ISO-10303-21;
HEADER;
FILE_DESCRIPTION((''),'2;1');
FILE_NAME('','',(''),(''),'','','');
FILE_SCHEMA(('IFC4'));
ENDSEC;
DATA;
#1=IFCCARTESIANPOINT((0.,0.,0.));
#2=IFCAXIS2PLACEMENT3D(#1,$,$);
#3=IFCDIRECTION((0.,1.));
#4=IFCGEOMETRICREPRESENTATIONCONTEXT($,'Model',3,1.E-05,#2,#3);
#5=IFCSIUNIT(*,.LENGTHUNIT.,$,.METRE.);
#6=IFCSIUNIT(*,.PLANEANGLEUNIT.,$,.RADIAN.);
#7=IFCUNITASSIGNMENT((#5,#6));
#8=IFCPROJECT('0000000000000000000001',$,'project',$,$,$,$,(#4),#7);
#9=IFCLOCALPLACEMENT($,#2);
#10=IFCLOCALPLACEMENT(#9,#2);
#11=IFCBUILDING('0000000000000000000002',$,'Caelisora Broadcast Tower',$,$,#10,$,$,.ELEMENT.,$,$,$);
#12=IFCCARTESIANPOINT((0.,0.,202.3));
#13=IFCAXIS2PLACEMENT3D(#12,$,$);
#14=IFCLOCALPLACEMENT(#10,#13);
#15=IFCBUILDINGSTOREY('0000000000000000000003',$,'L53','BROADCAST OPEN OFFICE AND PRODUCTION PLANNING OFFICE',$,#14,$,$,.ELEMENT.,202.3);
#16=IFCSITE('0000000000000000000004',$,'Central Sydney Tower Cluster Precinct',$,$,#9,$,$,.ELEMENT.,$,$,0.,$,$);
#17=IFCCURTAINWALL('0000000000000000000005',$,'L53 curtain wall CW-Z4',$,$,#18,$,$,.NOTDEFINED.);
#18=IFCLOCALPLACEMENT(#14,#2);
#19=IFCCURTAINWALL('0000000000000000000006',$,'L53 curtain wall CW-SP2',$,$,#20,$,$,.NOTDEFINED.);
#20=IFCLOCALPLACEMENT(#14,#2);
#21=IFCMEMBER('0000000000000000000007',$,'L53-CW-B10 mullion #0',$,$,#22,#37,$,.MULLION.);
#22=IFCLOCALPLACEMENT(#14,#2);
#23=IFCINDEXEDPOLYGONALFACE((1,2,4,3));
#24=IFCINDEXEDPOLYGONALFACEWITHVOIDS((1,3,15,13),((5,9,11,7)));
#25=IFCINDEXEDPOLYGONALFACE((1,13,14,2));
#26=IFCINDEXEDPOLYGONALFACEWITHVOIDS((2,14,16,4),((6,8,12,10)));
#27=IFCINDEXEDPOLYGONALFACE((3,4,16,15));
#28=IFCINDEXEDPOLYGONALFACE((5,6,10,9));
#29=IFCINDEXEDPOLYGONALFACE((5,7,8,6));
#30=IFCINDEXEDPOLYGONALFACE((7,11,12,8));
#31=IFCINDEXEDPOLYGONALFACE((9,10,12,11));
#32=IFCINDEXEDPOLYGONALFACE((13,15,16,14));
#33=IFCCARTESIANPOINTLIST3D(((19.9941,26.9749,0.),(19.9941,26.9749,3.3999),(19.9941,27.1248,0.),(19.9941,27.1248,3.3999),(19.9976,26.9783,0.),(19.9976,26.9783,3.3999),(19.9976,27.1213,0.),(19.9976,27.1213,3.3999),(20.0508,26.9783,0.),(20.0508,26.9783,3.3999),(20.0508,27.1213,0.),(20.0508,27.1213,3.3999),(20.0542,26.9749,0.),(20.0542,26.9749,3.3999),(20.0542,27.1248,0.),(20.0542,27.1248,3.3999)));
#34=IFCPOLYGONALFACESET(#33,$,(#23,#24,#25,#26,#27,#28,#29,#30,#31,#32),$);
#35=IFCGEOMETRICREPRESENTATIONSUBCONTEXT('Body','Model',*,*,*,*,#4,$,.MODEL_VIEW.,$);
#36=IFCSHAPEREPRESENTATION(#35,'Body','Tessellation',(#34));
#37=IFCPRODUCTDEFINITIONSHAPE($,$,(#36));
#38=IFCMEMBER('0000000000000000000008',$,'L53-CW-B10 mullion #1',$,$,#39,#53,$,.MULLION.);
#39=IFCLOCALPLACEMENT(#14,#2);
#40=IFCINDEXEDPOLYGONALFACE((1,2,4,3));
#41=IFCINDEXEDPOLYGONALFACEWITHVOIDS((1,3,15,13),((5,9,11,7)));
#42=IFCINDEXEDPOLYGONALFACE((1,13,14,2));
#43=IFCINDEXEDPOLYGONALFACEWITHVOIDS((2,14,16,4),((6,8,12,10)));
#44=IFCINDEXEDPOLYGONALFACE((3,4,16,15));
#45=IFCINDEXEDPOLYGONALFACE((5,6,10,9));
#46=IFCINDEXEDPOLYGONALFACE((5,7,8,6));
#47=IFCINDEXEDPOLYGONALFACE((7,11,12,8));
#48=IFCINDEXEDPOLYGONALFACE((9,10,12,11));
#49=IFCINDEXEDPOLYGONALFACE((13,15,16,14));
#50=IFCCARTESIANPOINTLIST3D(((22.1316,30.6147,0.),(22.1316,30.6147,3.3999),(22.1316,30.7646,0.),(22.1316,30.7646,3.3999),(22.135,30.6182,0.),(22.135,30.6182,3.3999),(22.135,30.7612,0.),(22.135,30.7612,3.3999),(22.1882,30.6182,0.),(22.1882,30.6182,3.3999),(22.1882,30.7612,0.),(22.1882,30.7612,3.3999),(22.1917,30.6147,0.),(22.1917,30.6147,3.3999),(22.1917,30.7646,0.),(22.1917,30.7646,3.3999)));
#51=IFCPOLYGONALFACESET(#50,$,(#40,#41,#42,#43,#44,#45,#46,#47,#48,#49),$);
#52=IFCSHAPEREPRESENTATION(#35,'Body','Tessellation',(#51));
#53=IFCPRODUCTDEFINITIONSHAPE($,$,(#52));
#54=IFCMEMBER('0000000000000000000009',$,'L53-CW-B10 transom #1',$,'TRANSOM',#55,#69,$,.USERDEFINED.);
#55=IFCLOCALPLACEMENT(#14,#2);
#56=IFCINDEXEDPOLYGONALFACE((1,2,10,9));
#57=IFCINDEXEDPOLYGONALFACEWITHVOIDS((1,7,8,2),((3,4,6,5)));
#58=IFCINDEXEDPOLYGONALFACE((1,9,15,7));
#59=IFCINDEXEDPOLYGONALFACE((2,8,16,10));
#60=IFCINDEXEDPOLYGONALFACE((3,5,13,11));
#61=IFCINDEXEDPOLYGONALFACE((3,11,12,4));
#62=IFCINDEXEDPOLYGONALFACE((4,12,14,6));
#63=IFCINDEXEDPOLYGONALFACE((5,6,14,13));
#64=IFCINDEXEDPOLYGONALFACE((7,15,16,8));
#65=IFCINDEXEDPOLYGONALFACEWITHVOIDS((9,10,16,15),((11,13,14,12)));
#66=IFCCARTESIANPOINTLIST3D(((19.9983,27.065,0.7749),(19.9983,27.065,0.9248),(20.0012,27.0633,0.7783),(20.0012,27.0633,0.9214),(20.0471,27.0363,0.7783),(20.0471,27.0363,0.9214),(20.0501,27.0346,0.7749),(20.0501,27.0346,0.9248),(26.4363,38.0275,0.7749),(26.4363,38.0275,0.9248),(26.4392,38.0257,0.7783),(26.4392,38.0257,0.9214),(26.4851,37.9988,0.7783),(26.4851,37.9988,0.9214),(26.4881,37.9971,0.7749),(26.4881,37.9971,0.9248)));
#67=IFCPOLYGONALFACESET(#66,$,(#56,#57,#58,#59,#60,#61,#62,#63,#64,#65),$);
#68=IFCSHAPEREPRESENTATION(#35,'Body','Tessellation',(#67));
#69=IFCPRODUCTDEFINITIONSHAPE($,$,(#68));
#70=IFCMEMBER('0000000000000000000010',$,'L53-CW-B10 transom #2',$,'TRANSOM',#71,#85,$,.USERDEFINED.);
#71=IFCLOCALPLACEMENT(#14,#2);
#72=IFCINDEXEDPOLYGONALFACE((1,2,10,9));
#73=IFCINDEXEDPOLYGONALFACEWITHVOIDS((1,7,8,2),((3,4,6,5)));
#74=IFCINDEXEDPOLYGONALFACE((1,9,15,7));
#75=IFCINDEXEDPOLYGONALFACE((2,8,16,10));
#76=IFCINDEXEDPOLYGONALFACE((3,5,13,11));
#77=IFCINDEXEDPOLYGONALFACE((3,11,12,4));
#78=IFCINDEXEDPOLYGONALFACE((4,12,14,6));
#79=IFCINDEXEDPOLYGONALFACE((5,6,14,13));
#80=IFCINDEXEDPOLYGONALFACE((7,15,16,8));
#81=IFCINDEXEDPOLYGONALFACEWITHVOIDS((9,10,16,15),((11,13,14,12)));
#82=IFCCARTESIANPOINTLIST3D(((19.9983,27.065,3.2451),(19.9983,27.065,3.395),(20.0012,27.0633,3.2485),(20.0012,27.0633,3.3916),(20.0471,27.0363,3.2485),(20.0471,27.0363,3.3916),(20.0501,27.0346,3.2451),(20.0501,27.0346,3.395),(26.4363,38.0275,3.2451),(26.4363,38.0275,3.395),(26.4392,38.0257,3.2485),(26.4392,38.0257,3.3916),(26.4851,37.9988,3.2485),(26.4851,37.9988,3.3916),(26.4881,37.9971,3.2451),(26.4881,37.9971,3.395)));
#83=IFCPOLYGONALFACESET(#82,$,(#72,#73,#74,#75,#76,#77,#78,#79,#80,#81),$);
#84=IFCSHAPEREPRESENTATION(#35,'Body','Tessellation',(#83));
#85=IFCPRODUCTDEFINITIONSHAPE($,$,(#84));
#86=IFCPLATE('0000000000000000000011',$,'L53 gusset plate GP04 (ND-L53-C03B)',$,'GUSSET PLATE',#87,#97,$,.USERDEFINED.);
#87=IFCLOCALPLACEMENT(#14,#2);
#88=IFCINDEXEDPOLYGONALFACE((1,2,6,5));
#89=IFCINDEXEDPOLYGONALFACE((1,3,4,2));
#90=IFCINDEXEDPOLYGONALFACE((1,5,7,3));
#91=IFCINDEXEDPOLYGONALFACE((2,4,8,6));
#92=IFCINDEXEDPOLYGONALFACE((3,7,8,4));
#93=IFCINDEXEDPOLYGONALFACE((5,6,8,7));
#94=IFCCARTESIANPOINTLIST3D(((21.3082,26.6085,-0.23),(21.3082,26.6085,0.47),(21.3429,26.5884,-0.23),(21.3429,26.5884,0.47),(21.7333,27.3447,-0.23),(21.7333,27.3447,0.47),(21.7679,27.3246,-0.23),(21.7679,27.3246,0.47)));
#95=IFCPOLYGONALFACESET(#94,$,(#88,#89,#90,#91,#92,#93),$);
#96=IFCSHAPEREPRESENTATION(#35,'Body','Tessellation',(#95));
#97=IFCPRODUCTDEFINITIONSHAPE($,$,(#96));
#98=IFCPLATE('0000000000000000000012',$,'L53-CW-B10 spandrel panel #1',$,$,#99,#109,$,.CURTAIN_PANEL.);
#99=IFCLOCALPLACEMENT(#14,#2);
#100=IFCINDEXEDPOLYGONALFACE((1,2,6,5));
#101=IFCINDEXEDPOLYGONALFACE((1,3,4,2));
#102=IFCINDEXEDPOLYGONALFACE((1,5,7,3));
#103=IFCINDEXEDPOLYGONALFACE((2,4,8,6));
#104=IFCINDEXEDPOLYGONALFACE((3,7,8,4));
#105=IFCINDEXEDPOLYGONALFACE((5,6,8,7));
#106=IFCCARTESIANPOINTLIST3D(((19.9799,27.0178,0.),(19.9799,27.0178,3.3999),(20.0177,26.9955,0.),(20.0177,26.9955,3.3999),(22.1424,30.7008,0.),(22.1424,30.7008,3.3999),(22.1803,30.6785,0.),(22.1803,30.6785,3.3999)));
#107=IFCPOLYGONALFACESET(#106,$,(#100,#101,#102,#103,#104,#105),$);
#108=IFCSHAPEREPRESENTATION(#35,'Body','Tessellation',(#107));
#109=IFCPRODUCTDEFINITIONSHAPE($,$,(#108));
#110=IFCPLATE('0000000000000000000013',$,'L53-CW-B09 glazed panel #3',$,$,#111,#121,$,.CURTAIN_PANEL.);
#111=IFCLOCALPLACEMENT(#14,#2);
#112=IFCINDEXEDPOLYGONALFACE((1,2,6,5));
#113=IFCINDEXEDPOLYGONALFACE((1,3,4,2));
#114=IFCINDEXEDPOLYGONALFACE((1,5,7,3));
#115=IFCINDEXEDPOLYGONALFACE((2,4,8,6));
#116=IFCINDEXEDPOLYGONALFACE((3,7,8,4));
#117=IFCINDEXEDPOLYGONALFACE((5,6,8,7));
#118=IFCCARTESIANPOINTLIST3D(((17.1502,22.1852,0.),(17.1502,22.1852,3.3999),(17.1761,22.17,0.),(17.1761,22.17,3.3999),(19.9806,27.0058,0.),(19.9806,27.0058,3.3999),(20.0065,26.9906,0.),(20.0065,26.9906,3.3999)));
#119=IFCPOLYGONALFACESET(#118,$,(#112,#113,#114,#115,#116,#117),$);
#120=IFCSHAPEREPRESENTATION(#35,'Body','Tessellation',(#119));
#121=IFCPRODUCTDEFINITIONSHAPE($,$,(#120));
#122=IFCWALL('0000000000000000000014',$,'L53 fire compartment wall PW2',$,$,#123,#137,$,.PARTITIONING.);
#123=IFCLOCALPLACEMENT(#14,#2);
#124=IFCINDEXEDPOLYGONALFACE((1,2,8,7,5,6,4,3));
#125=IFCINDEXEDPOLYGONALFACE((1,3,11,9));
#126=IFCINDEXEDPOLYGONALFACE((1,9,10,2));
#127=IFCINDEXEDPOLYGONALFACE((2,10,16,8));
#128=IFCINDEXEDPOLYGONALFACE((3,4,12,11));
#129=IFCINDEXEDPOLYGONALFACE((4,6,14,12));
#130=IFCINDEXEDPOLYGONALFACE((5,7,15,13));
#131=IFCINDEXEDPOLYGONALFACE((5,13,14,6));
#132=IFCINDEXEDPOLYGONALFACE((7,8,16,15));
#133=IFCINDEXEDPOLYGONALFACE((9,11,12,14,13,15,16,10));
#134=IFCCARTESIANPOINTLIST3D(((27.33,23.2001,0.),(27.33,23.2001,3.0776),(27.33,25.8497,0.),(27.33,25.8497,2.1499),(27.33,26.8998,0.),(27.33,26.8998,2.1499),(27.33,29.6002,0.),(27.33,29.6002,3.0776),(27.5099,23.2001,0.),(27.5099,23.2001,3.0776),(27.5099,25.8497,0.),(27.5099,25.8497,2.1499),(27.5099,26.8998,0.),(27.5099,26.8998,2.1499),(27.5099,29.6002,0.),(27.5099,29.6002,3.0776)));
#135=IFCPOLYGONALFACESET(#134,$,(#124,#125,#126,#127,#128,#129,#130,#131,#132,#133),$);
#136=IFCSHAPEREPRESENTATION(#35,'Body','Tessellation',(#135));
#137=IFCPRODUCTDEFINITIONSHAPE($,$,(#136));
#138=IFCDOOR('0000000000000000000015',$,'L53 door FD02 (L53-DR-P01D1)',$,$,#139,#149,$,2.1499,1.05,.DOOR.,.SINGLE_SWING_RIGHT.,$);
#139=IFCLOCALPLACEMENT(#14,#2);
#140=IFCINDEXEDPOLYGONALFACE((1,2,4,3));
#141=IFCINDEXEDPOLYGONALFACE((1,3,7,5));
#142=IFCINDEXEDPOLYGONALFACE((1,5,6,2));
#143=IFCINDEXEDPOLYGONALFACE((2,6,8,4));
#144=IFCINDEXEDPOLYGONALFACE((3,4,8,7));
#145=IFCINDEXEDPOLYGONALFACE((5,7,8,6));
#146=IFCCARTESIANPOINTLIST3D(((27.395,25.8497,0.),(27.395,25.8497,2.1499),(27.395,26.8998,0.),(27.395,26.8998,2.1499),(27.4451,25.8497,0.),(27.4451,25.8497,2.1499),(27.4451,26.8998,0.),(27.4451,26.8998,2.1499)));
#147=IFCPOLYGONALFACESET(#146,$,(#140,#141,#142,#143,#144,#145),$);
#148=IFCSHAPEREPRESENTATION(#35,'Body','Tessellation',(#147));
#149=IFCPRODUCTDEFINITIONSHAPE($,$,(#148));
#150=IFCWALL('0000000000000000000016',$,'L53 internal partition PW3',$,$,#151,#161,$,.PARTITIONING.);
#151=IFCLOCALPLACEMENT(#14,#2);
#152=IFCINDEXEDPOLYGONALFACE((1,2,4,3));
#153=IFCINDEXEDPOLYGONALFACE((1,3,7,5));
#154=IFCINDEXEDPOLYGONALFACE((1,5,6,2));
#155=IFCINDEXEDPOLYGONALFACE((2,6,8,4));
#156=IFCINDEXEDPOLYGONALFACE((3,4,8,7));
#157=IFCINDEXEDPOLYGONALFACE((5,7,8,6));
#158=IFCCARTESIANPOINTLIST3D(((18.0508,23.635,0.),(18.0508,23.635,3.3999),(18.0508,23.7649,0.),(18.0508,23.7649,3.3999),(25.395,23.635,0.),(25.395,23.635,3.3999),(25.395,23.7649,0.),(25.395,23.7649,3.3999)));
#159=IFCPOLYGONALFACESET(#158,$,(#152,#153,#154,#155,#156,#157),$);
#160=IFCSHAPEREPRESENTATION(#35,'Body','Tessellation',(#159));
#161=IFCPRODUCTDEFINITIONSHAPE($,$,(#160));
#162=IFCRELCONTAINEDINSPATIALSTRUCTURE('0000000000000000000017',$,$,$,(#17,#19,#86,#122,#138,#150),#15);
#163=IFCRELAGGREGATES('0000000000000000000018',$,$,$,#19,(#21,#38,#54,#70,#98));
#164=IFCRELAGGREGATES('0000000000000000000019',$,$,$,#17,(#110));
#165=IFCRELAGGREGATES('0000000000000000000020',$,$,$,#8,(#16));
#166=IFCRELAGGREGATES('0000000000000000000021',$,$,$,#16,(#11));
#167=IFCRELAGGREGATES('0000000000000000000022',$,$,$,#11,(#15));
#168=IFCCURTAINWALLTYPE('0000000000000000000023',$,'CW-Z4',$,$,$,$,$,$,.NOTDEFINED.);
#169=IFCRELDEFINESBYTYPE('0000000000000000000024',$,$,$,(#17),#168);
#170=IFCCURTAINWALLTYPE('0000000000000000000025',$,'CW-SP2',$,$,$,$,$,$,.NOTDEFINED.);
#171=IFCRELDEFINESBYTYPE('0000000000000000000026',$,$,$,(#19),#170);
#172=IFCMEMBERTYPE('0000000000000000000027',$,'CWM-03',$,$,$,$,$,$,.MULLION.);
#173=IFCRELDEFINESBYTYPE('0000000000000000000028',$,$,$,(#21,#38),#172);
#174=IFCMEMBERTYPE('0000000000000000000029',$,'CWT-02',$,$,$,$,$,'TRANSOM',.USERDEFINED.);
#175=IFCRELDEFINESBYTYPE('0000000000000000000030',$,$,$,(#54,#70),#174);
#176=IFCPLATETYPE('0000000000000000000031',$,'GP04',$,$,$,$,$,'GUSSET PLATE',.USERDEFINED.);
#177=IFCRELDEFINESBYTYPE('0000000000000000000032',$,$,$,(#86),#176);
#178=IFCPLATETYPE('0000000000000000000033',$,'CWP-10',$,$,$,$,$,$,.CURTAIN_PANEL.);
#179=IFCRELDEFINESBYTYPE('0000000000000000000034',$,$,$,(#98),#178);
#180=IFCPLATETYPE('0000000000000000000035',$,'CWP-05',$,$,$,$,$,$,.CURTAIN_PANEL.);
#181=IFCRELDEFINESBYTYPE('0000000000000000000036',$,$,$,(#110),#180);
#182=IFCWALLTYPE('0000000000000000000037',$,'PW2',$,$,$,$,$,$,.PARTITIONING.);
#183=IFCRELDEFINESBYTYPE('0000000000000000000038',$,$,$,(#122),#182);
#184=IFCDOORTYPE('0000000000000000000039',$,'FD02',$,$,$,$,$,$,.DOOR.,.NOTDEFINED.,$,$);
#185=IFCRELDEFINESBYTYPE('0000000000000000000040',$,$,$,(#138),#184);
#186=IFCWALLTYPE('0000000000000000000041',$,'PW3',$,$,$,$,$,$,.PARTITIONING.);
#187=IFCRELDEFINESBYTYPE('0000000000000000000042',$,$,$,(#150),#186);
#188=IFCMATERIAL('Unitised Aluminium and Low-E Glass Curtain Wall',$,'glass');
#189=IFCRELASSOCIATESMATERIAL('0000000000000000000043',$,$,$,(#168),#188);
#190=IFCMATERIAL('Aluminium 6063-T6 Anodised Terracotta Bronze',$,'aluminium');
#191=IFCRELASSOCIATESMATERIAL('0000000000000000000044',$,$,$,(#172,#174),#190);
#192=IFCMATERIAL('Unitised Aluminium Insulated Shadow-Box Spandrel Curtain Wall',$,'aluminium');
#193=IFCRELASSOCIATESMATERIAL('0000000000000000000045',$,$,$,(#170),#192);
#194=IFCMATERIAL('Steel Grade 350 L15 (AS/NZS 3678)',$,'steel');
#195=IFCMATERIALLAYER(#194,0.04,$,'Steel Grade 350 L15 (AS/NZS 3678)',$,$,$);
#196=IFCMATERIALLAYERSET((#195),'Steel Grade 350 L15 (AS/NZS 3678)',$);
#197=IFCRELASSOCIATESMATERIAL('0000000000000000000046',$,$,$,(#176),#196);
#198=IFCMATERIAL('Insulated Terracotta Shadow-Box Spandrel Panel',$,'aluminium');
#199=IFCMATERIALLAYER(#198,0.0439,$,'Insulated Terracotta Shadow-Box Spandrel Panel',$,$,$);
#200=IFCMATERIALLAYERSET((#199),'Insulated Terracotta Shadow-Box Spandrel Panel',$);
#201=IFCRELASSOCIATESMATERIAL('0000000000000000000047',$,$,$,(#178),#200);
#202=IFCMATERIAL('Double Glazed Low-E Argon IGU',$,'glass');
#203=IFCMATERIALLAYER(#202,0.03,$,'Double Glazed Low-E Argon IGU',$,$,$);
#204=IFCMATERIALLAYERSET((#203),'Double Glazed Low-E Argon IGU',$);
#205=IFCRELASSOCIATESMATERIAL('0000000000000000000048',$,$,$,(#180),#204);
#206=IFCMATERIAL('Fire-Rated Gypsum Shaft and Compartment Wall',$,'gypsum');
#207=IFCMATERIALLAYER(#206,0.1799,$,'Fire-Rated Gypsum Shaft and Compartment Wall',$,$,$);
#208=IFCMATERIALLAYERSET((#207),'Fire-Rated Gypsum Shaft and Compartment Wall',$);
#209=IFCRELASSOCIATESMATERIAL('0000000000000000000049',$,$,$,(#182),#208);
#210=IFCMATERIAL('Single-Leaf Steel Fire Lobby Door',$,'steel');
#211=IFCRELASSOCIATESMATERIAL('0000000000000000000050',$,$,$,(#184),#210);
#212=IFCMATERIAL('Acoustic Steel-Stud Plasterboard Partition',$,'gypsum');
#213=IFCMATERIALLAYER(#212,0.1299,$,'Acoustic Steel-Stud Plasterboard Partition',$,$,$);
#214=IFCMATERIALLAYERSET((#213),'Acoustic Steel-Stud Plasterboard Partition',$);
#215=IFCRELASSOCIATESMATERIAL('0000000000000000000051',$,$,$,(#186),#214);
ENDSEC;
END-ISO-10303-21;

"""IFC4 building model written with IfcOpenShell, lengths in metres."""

from ifc_helpers import new_model, si_unit, direction, frame, frame_2d, origin, origin_2d, place, context, subcontext, project, spatial, rectangle, hollow_rectangle, extrude, source, transform, mapped, material, layer, layer_set, material_profile, profile_set, type_object, type_shapes, element, fill, aggregate, save


model = new_model("IFC4")

# Units and contexts
model_context = context("Model", 3, precision=1e-05, world=origin(), true_north=direction((0.0, 1.0)))
body_context = subcontext(model_context, "Body", "Model", "MODEL_VIEW")
ifc_project = project(units=[si_unit("LENGTHUNIT", "METRE"), si_unit("PLANEANGLEUNIT", "RADIAN")], contexts=[model_context])

# Site, building, storey
site_placement = place(None, origin())
site = spatial("IfcSite", under=ifc_project, at=site_placement, Name="Central Sydney Tower Cluster Precinct", CompositionType="ELEMENT", RefElevation=0.0)
building_placement = place(site_placement, origin())
building = spatial("IfcBuilding", under=site, at=building_placement, Name="Caelisora Broadcast Tower", CompositionType="ELEMENT")
storey_placement = place(building_placement, frame((0.0, 0.0, 202.3)))
storey = spatial("IfcBuildingStorey", under=building, at=storey_placement, Name="L53", Description="BROADCAST OPEN OFFICE AND PRODUCTION PLANNING OFFICE", CompositionType="ELEMENT", Elevation=202.3)

# Shared definitions
ifc_material_1 = material(Name="Steel Grade 350 L15 (AS/NZS 3678)", Category="steel")

# Curtain walls, members
ifc_material_2 = material(Name="Unitised Aluminium and Low-E Glass Curtain Wall", Category="glass")
curtain_wall_type_1 = type_object("IfcCurtainWallType", Name="CW-Z4", PredefinedType="NOTDEFINED", material=ifc_material_2)
curtain_wall_1_placement = place(storey_placement, origin())
curtain_wall_1 = element("IfcCurtainWall", 1, at=curtain_wall_1_placement, inside=storey, type_object=curtain_wall_type_1, Name="L53 curtain wall CW-Z4", PredefinedType="NOTDEFINED")
ifc_material_3 = material(Name="Aluminium 6063-T6 Anodised Terracotta Bronze", Category="aluminium")
ifc_material_profile_1 = material_profile(ifc_material_3, hollow_rectangle(XDim=0.0601, YDim=0.1499, WallThickness=0.0034, at=origin_2d()), Name="Aluminium 6063-T6 Anodised Terracotta Bronze")
ifc_profile_set_1 = profile_set([ifc_material_profile_1], Name="Aluminium 6063-T6 Anodised Terracotta Bronze")
member_type_1 = type_object("IfcMemberType", Name="CWM-03", PredefinedType="MULLION", material=ifc_profile_set_1)
shared_shape_1 = source(origin(), body_context, "Body", "SweptSolid", [
    extrude(hollow_rectangle(XDim=0.0601, YDim=0.1499, WallThickness=0.0034, at=origin_2d()), origin(), (0.0, 0.0, 1.0), 3.3999),
])
type_shapes(member_type_1, [shared_shape_1])
ifc_material_4 = material(Name="Unitised Aluminium Insulated Shadow-Box Spandrel Curtain Wall", Category="aluminium")
curtain_wall_type_2 = type_object("IfcCurtainWallType", Name="CW-SP2", PredefinedType="NOTDEFINED", material=ifc_material_4)
curtain_wall_2_placement = place(storey_placement, origin())
curtain_wall_2 = element("IfcCurtainWall", 2, at=curtain_wall_2_placement, inside=storey, type_object=curtain_wall_type_2, Name="L53 curtain wall CW-SP2", PredefinedType="NOTDEFINED")
member_1_placement = place(storey_placement, frame((20.0242, 27.0498, 0.0), z_axis=(0.0, 0.0, 1.0), x_axis=(1.0, 0.0, 0.0)))
member_1 = element("IfcMember", 3, at=member_1_placement, type_object=member_type_1, Name="L53-CW-B10 mullion #0", PredefinedType="MULLION", context=body_context, shape_type="MappedRepresentation", body=[
    mapped(shared_shape_1, transform((0.0, 0.0, 0.0), scale=1.0)),
])
member_2_placement = place(storey_placement, frame((22.1616, 30.6897, 0.0), z_axis=(0.0, 0.0, 1.0), x_axis=(1.0, 0.0, 0.0)))
member_2 = element("IfcMember", 4, at=member_2_placement, type_object=member_type_1, Name="L53-CW-B10 mullion #1", PredefinedType="MULLION", context=body_context, shape_type="MappedRepresentation", body=[
    mapped(shared_shape_1, transform((0.0, 0.0, 0.0), scale=1.0)),
])
ifc_material_profile_2 = material_profile(ifc_material_3, hollow_rectangle(XDim=0.0601, YDim=0.1499, WallThickness=0.0034, at=origin_2d()), Name="Aluminium 6063-T6 Anodised Terracotta Bronze")
ifc_profile_set_2 = profile_set([ifc_material_profile_2], Name="Aluminium 6063-T6 Anodised Terracotta Bronze")
member_type_2 = type_object("IfcMemberType", Name="CWT-02", ElementType="TRANSOM", PredefinedType="USERDEFINED", material=ifc_profile_set_2)
shared_shape_2 = source(origin(), body_context, "Body", "SweptSolid", [
    extrude(hollow_rectangle(XDim=0.0601, YDim=0.1499, WallThickness=0.0034, at=origin_2d()), origin(), (0.0, 0.0, 1.0), 12.7131),
])
type_shapes(member_type_2, [shared_shape_2])
member_3_placement = place(storey_placement, frame((20.0242, 27.0498, 0.8499), z_axis=(0.506407, 0.862294, 0.0), x_axis=(-0.862294, 0.506407, 0.0)))
member_3 = element("IfcMember", 5, at=member_3_placement, type_object=member_type_2, Name="L53-CW-B10 transom #1", ObjectType="TRANSOM", PredefinedType="USERDEFINED", context=body_context, shape_type="MappedRepresentation", body=[
    mapped(shared_shape_2, transform((0.0, 0.0, 0.0), scale=1.0)),
])
member_4_placement = place(storey_placement, frame((20.0242, 27.0498, 3.3201), z_axis=(0.506407, 0.862294, 0.0), x_axis=(-0.862294, 0.506407, 0.0)))
member_4 = element("IfcMember", 6, at=member_4_placement, type_object=member_type_2, Name="L53-CW-B10 transom #2", ObjectType="TRANSOM", PredefinedType="USERDEFINED", context=body_context, shape_type="MappedRepresentation", body=[
    mapped(shared_shape_2, transform((0.0, 0.0, 0.0), scale=1.0)),
])

# Plates
ifc_layer_1 = layer(ifc_material_1, 0.04, Name="Steel Grade 350 L15 (AS/NZS 3678)")
ifc_layer_set_1 = layer_set([ifc_layer_1], Name="Steel Grade 350 L15 (AS/NZS 3678)")
plate_type_1 = type_object("IfcPlateType", Name="GP04", ElementType="GUSSET PLATE", PredefinedType="USERDEFINED", material=ifc_layer_set_1)
shared_shape_3 = source(origin(), body_context, "Body", "SweptSolid", [
    extrude(rectangle(XDim=0.8501, YDim=0.04, at=origin_2d()), origin(), (0.0, 0.0, 1.0), 0.7),
])
type_shapes(plate_type_1, [shared_shape_3])
plate_1_placement = place(storey_placement, frame((21.5381, 26.9666, -0.23), z_axis=(0.0, 0.0, 1.0), x_axis=(-0.5, -0.866025, 0.0)))
element("IfcPlate", 7, at=plate_1_placement, inside=storey, type_object=plate_type_1, Name="L53 gusset plate GP04 (ND-L53-C03B)", ObjectType="GUSSET PLATE", PredefinedType="USERDEFINED", context=body_context, shape_type="MappedRepresentation", body=[
    mapped(shared_shape_3, transform((0.0, 0.0, 0.0), scale=1.0)),
])
ifc_material_5 = material(Name="Insulated Terracotta Shadow-Box Spandrel Panel", Category="aluminium")
ifc_layer_2 = layer(ifc_material_5, 0.0439, Name="Insulated Terracotta Shadow-Box Spandrel Panel")
ifc_layer_set_2 = layer_set([ifc_layer_2], Name="Insulated Terracotta Shadow-Box Spandrel Panel")
plate_type_2 = type_object("IfcPlateType", Name="CWP-10", PredefinedType="CURTAIN_PANEL", material=ifc_layer_set_2)
shared_shape_4 = source(origin(), body_context, "Body", "SweptSolid", [
    extrude(rectangle(XDim=4.271, YDim=0.0439, at=origin_2d()), origin(), (0.0, 0.0, 1.0), 3.3999),
])
type_shapes(plate_type_2, [shared_shape_4])
plate_2_placement = place(storey_placement, frame((21.0801, 28.8481, 0.0), z_axis=(0.0, 0.0, 1.0), x_axis=(0.506335, 0.862337, 0.0)))
plate_2 = element("IfcPlate", 8, at=plate_2_placement, type_object=plate_type_2, Name="L53-CW-B10 spandrel panel #1", PredefinedType="CURTAIN_PANEL", context=body_context, shape_type="MappedRepresentation", body=[
    mapped(shared_shape_4, transform((0.0, 0.0, 0.0), scale=1.0)),
])
aggregate(curtain_wall_2, [member_1, member_2, member_3, member_4, plate_2])
ifc_material_6 = material(Name="Double Glazed Low-E Argon IGU", Category="glass")
ifc_layer_3 = layer(ifc_material_6, 0.03, Name="Double Glazed Low-E Argon IGU")
ifc_layer_set_3 = layer_set([ifc_layer_3], Name="Double Glazed Low-E Argon IGU")
plate_type_3 = type_object("IfcPlateType", Name="CWP-05", PredefinedType="CURTAIN_PANEL", material=ifc_layer_set_3)
shared_shape_5 = source(origin(), body_context, "Body", "SweptSolid", [
    extrude(rectangle(XDim=5.5901, YDim=0.03, at=origin_2d()), origin(), (0.0, 0.0, 1.0), 3.3999),
])
type_shapes(plate_type_3, [shared_shape_5])
plate_3_placement = place(storey_placement, frame((18.5784, 24.5879, 0.0), z_axis=(0.0, 0.0, 1.0), x_axis=(0.506335, 0.862337, 0.0)))
plate_3 = element("IfcPlate", 9, at=plate_3_placement, type_object=plate_type_3, Name="L53-CW-B09 glazed panel #3", PredefinedType="CURTAIN_PANEL", context=body_context, shape_type="MappedRepresentation", body=[
    mapped(shared_shape_5, transform((0.0, 0.0, 0.0), scale=1.0)),
])
aggregate(curtain_wall_1, [plate_3])

# Wall, opening, door
ifc_material_7 = material(Name="Fire-Rated Gypsum Shaft and Compartment Wall", Category="gypsum")
ifc_layer_4 = layer(ifc_material_7, 0.1799, Name="Fire-Rated Gypsum Shaft and Compartment Wall")
ifc_layer_set_4 = layer_set([ifc_layer_4], Name="Fire-Rated Gypsum Shaft and Compartment Wall")
wall_type_1 = type_object("IfcWallType", Name="PW2", PredefinedType="PARTITIONING", material=ifc_layer_set_4)
wall_1_placement = place(storey_placement, frame((27.4199, 23.2, 0.0), z_axis=(0.0, 0.0, 1.0), x_axis=(0.0, 1.0, 0.0)))
wall_1 = element("IfcWall", 10, at=wall_1_placement, inside=storey, type_object=wall_type_1, Name="L53 fire compartment wall PW2", PredefinedType="PARTITIONING", context=body_context, shape_type="SweptSolid", body=[
    extrude(rectangle(XDim=6.4001, YDim=0.1799, at=frame_2d((3.2002, 0.0))), origin(), (0.0, 0.0, 1.0), 3.0776),
])
opening_1_placement = place(wall_1_placement, frame((2.6499, 0.0, 0.0)))
opening_1 = element("IfcOpeningElement", 11, at=opening_1_placement, cuts=wall_1, PredefinedType="OPENING", context=body_context, shape_type="SweptSolid", body=[
    extrude(rectangle(XDim=1.05, YDim=2.1499, at=frame_2d((0.5249, 1.075))), frame((0.0, 0.1021, 0.0), z_axis=(0.0, -1.0, 0.0), x_axis=(1.0, 0.0, 0.0)), (0.0, 0.0, 1.0), 0.2039),
])
ifc_material_8 = material(Name="Single-Leaf Steel Fire Lobby Door", Category="steel")
door_type_1 = type_object("IfcDoorType", Name="FD02", OperationType="NOTDEFINED", PredefinedType="DOOR", material=ifc_material_8)
door_1_placement = place(opening_1_placement, origin())
door_1 = element("IfcDoor", 12, at=door_1_placement, inside=storey, type_object=door_type_1, Name="L53 door FD02 (L53-DR-P01D1)", OperationType="SINGLE_SWING_RIGHT", OverallHeight=2.1499, OverallWidth=1.05, PredefinedType="DOOR", context=body_context, shape_type="SweptSolid", body=[
    extrude(rectangle(XDim=1.05, YDim=2.1499, at=frame_2d((0.5249, 1.075))), frame((0.0, 0.0249, 0.0), z_axis=(0.0, -1.0, 0.0), x_axis=(1.0, 0.0, 0.0)), (0.0, 0.0, 1.0), 0.05),
])
fill(opening_1, door_1)

# Wall
ifc_material_9 = material(Name="Acoustic Steel-Stud Plasterboard Partition", Category="gypsum")
ifc_layer_5 = layer(ifc_material_9, 0.1299, Name="Acoustic Steel-Stud Plasterboard Partition")
ifc_layer_set_5 = layer_set([ifc_layer_5], Name="Acoustic Steel-Stud Plasterboard Partition")
wall_type_2 = type_object("IfcWallType", Name="PW3", PredefinedType="PARTITIONING", material=ifc_layer_set_5)
wall_2_placement = place(storey_placement, frame((18.0508, 23.7, 0.0), z_axis=(0.0, 0.0, 1.0), x_axis=(1.0, 0.0, 0.0)))
element("IfcWall", 13, at=wall_2_placement, inside=storey, type_object=wall_type_2, Name="L53 internal partition PW3", PredefinedType="PARTITIONING", context=body_context, shape_type="SweptSolid", body=[
    extrude(rectangle(XDim=7.3442, YDim=0.1299, at=frame_2d((3.6721, 0.0))), origin(), (0.0, 0.0, 1.0), 3.3999),
])

save(model, "model.ifc")
